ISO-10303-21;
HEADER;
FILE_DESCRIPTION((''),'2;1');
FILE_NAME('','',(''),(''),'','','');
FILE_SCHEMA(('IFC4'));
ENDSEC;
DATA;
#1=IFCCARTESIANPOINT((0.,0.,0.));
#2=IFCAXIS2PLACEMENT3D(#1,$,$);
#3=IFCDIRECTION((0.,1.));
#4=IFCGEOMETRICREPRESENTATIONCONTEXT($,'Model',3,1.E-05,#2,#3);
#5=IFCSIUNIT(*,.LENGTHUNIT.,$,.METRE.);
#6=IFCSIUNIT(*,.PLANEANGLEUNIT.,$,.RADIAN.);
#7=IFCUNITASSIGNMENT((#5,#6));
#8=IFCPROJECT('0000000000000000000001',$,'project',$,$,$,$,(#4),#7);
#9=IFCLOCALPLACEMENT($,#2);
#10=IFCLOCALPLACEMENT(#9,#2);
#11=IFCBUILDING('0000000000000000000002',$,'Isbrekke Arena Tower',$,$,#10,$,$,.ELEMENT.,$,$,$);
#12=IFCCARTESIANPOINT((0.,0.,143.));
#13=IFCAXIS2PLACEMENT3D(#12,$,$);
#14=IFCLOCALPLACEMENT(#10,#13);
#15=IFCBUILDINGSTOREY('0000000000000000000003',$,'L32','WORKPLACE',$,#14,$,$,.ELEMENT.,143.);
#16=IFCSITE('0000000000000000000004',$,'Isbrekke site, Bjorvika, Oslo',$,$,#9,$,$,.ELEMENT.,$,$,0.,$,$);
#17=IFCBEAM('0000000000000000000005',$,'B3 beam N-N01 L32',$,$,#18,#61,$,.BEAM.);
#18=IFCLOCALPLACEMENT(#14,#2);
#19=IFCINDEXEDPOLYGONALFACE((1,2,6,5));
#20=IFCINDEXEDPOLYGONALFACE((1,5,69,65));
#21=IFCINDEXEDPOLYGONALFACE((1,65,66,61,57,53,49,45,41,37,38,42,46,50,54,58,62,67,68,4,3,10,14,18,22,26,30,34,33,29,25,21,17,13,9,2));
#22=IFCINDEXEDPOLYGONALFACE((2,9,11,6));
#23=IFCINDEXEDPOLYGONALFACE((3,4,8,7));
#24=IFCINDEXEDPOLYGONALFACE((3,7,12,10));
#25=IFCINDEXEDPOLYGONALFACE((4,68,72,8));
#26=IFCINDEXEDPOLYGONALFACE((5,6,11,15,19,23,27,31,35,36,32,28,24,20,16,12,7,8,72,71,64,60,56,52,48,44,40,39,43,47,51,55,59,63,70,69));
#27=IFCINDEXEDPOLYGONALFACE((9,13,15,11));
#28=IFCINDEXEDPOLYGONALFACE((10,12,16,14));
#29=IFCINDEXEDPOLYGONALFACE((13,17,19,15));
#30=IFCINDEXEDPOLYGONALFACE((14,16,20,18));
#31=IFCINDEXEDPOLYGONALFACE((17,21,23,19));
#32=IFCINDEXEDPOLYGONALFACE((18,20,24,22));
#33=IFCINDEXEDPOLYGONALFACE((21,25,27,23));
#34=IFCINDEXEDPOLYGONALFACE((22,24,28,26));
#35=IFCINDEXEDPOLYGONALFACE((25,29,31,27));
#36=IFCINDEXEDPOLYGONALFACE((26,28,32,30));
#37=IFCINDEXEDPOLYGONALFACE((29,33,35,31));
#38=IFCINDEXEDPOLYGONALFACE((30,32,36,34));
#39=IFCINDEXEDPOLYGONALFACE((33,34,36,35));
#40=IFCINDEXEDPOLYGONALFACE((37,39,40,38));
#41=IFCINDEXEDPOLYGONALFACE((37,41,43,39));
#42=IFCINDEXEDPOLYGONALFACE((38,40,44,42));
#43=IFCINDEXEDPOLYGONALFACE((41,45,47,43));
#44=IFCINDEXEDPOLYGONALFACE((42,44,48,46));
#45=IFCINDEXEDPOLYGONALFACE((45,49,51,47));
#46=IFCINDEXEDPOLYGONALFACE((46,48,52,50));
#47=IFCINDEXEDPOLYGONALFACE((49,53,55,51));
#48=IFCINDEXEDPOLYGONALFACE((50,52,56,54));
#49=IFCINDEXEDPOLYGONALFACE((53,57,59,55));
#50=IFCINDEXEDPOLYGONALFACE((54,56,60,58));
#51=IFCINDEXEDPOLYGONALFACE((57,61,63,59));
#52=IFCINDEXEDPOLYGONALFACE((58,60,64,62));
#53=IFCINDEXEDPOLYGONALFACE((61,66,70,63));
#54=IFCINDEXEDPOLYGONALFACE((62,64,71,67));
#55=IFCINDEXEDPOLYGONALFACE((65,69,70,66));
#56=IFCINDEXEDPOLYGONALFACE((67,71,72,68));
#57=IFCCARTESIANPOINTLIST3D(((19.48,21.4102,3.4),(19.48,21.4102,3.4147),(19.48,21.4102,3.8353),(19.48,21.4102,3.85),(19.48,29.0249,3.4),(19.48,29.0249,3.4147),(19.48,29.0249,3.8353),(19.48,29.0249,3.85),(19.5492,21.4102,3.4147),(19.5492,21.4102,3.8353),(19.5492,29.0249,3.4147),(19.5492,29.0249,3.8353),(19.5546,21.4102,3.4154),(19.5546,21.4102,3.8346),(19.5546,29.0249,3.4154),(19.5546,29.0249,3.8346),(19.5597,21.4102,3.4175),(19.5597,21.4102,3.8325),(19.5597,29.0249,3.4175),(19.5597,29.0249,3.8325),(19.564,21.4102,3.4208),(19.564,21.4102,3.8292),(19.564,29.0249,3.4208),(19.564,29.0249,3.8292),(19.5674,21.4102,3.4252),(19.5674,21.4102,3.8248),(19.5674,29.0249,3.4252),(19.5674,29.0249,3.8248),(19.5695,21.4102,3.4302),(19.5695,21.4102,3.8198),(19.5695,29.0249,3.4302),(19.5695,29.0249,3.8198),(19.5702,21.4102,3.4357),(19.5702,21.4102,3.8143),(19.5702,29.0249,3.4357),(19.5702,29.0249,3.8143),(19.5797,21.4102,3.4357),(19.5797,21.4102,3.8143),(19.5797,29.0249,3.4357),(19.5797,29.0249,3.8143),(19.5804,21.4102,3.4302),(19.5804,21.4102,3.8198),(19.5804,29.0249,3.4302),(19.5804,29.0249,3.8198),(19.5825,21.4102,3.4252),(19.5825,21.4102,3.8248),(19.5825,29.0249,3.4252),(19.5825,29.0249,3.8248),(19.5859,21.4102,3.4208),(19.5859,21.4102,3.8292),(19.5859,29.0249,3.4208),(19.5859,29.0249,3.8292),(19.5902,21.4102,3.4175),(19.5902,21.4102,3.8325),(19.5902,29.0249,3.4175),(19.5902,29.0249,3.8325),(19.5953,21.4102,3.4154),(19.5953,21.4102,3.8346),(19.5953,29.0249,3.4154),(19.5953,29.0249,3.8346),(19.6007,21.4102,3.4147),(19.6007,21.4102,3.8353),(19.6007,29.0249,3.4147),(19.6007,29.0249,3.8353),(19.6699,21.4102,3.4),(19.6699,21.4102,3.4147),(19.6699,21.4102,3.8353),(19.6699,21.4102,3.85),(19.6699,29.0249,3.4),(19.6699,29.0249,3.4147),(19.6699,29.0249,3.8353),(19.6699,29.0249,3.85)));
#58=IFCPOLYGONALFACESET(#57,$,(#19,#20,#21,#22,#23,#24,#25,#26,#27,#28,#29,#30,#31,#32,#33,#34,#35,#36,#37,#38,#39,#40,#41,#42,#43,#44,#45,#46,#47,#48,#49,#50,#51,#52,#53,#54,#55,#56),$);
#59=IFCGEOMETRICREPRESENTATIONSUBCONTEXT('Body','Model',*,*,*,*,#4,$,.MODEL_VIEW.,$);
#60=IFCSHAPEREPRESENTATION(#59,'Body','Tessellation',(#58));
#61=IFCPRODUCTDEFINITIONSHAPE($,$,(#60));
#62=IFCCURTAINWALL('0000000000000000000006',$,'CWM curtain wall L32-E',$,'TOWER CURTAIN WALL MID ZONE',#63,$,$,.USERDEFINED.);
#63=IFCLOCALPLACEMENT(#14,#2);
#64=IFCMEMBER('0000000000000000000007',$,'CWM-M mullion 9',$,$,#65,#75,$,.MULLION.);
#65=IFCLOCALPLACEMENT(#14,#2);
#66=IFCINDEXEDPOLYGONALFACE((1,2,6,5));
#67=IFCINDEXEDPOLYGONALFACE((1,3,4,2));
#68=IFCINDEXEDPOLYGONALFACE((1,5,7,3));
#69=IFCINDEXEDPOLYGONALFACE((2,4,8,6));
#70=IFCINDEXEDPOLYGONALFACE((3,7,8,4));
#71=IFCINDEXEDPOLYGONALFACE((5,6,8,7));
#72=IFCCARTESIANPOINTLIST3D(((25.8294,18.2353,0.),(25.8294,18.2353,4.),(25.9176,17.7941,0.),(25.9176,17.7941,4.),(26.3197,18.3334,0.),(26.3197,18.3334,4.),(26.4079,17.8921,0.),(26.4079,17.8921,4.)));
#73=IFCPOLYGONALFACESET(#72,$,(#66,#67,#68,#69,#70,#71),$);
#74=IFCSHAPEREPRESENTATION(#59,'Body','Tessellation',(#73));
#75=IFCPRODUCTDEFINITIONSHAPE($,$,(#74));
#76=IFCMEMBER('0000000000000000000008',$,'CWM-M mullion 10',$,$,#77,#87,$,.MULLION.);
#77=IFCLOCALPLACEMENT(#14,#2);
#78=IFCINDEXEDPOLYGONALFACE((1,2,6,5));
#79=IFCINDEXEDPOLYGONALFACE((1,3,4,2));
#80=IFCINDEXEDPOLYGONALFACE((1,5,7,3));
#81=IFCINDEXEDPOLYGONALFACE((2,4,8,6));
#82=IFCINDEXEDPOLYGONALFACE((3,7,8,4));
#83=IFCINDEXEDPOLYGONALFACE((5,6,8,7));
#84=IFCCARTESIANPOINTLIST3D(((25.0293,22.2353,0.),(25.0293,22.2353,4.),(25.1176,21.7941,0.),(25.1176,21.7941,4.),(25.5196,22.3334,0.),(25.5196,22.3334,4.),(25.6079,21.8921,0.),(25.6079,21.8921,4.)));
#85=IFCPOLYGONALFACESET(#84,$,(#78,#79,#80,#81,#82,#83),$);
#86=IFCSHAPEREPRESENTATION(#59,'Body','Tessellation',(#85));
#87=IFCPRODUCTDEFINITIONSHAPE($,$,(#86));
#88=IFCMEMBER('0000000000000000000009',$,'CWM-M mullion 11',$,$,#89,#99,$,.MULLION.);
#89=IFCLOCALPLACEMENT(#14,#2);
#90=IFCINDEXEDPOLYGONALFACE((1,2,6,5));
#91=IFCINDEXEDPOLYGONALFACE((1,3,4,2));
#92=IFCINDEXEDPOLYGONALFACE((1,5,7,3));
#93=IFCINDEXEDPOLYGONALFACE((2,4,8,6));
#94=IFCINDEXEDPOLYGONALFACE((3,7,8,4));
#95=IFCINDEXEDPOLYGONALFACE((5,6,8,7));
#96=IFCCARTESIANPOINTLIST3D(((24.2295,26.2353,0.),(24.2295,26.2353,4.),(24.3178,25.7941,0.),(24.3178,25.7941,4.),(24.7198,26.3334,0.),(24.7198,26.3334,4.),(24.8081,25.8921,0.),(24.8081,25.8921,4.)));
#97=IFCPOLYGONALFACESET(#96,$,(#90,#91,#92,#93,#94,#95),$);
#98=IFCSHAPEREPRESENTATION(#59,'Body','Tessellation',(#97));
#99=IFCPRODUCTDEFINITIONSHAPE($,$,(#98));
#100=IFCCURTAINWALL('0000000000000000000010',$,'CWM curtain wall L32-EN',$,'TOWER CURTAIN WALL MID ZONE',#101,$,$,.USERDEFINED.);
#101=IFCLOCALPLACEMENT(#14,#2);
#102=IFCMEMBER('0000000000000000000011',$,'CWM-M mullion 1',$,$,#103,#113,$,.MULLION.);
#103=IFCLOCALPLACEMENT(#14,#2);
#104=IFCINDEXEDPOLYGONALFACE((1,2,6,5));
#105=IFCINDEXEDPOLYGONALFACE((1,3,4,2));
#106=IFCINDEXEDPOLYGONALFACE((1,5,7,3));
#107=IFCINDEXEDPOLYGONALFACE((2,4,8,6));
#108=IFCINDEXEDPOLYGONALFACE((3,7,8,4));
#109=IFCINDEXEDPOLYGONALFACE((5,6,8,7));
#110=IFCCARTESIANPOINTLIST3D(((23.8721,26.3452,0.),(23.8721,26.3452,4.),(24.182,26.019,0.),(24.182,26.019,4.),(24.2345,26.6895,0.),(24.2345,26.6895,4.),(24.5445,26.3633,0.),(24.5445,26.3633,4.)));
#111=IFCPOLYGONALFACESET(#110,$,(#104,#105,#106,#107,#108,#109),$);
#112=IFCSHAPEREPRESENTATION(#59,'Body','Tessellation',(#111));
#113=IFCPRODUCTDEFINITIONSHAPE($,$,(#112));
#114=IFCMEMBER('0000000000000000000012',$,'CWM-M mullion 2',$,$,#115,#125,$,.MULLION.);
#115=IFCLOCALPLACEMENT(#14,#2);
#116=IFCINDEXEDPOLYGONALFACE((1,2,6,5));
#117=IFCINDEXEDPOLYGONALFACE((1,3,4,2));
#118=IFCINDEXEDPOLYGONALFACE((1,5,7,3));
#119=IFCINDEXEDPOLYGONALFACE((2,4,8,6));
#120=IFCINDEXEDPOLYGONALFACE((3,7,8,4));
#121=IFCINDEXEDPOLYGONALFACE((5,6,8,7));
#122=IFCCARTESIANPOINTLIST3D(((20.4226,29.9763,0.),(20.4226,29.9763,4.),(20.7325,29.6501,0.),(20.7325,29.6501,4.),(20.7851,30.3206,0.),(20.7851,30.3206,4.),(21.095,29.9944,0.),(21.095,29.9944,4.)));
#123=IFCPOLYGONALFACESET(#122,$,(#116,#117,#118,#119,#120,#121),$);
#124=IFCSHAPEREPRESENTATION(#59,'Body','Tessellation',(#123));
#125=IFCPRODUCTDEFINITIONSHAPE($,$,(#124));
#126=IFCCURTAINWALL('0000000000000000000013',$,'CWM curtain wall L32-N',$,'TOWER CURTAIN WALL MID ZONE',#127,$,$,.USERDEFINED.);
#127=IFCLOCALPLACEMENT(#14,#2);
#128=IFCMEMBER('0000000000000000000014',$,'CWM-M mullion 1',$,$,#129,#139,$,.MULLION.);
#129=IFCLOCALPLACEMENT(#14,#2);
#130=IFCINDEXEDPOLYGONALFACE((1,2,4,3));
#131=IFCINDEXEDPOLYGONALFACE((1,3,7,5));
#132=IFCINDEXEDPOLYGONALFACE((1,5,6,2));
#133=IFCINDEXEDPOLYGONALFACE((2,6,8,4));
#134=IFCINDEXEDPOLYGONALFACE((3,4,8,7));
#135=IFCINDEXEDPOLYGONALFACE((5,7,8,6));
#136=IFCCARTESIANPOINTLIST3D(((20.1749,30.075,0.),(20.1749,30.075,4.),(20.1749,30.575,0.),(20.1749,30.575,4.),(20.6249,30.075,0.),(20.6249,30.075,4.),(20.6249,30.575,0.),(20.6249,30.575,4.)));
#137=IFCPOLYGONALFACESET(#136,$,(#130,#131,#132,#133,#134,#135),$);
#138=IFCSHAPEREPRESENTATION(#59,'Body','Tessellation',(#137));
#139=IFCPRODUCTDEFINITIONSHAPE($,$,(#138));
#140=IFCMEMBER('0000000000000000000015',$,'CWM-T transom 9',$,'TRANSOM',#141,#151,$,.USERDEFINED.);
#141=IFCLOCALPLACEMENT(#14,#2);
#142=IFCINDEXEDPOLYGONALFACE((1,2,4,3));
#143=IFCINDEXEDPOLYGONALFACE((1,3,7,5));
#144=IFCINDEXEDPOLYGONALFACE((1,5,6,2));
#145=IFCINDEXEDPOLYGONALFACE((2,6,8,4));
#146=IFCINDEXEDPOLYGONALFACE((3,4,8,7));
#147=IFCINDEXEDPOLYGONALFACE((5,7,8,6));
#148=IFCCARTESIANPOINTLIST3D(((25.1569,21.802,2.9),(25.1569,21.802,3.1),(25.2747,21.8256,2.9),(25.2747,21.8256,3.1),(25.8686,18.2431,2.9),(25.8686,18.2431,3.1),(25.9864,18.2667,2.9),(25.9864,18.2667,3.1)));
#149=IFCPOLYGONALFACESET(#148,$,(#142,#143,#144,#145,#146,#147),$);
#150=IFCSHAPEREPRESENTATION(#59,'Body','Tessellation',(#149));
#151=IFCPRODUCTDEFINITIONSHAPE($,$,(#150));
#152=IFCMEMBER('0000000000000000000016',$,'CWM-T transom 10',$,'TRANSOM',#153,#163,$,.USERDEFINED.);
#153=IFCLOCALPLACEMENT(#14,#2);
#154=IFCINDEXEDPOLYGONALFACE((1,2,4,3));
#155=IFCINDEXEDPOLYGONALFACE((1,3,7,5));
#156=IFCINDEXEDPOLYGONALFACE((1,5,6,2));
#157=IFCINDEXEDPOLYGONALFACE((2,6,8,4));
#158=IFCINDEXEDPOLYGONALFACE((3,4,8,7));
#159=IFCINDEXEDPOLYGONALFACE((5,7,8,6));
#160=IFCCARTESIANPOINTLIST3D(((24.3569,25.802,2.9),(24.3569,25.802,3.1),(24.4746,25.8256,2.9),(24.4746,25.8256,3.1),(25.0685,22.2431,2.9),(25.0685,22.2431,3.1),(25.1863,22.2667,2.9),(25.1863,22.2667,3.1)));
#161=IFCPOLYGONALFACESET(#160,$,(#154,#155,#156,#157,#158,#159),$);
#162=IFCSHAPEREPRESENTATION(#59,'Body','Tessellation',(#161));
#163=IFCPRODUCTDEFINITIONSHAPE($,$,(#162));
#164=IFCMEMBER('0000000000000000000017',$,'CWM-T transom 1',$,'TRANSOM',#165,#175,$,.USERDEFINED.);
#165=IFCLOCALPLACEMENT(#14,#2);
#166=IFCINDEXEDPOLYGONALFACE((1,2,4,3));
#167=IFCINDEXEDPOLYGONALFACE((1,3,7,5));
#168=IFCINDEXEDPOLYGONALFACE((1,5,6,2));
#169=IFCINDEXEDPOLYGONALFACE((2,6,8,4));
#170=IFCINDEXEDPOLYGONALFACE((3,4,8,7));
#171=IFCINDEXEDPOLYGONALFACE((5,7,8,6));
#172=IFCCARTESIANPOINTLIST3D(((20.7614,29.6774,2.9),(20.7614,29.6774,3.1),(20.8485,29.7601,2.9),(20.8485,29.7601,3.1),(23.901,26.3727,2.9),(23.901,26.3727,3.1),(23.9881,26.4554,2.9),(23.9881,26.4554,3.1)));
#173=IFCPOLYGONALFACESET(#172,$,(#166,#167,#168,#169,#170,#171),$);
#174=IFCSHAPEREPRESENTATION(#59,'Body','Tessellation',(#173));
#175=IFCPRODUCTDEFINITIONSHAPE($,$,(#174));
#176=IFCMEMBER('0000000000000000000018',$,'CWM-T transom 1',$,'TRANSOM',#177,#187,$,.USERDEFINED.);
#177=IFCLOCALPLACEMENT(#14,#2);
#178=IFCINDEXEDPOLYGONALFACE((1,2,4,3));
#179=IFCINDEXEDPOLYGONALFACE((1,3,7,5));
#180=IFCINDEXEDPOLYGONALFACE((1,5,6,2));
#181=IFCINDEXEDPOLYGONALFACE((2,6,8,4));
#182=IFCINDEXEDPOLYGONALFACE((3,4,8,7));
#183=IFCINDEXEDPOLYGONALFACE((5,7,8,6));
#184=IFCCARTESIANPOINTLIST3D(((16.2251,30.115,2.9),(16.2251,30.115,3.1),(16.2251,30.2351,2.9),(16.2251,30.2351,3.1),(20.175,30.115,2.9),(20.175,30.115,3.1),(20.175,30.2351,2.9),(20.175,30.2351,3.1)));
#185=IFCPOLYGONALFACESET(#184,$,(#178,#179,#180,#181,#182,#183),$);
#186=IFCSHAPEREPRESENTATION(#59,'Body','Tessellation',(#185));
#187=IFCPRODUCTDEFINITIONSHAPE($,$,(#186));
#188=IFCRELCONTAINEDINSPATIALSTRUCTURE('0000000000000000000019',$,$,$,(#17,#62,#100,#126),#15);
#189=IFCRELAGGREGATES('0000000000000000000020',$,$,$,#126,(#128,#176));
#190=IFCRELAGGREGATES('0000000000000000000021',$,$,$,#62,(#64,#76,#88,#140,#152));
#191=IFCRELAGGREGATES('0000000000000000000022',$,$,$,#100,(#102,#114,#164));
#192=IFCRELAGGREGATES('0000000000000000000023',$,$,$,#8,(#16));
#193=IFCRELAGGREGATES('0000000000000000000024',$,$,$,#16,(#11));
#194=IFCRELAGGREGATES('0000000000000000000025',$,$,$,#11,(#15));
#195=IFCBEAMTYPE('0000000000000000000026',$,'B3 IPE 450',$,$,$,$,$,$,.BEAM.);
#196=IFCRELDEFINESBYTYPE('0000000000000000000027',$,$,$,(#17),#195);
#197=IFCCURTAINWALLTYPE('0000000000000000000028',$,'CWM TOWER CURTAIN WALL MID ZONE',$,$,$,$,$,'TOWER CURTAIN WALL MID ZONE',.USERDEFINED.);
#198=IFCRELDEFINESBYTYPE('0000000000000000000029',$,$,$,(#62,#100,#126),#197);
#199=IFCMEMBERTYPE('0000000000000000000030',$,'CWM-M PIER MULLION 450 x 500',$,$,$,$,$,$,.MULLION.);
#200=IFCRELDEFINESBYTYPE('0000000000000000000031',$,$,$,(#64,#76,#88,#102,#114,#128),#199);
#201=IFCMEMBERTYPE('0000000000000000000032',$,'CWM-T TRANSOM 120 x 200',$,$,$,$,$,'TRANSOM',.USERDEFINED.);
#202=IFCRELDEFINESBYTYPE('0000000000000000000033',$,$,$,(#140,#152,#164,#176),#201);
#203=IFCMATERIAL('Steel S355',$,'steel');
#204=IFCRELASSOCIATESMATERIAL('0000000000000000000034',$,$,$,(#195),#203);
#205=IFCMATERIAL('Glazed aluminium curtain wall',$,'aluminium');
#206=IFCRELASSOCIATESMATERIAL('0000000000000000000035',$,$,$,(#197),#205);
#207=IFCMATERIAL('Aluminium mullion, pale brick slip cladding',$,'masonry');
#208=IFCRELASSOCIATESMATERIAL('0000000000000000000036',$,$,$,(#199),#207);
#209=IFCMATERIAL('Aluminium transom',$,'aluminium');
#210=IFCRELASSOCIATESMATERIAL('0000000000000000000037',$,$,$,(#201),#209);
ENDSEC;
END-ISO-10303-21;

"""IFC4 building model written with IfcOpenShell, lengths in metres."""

from ifc_helpers import new_model, si_unit, direction, frame, origin, origin_2d, place, context, subcontext, project, spatial, rectangle, i_section, extrude, material, material_profile, profile_set, type_object, element, aggregate, save


model = new_model("IFC4")

# Units and contexts
model_context = context("Model", 3, precision=1e-05, world=origin(), true_north=direction((0.0, 1.0)))
body_context = subcontext(model_context, "Body", "Model", "MODEL_VIEW")
ifc_project = project(units=[si_unit("LENGTHUNIT", "METRE"), si_unit("PLANEANGLEUNIT", "RADIAN")], contexts=[model_context])

# Site, building, storey
site_placement = place(None, origin())
site = spatial("IfcSite", under=ifc_project, at=site_placement, Name="Isbrekke site, Bjorvika, Oslo", CompositionType="ELEMENT", RefElevation=0.0)
building_placement = place(site_placement, origin())
building = spatial("IfcBuilding", under=site, at=building_placement, Name="Isbrekke Arena Tower", CompositionType="ELEMENT")
storey_placement = place(building_placement, frame((0.0, 0.0, 143.0)))
storey = spatial("IfcBuildingStorey", under=building, at=storey_placement, Name="L32", Description="WORKPLACE", CompositionType="ELEMENT", Elevation=143.0)

# Beam
ifc_material_1 = material(Name="Steel S355", Category="steel")
ifc_material_profile_1 = material_profile(ifc_material_1, i_section(OverallWidth=0.1899, OverallDepth=0.45, WebThickness=0.0095, FlangeThickness=0.0146, FilletRadius=0.021, at=origin_2d()), Name="IPE 450")
ifc_profile_set_1 = profile_set([ifc_material_profile_1], Name="Steel S355")
beam_type_1 = type_object("IfcBeamType", Name="B3 IPE 450", PredefinedType="BEAM", material=ifc_profile_set_1)
beam_1_placement = place(storey_placement, frame((19.575, 29.0249, 3.625), z_axis=(0.0, -1.0, 0.0), x_axis=(1.0, 0.0, 0.0)))
element("IfcBeam", 1, at=beam_1_placement, inside=storey, type_object=beam_type_1, Name="B3 beam N-N01 L32", PredefinedType="BEAM", context=body_context, shape_type="SweptSolid", body=[
    extrude(i_section(OverallWidth=0.1899, OverallDepth=0.45, WebThickness=0.0095, FlangeThickness=0.0146, FilletRadius=0.021, at=origin_2d()), origin(), (0.0, 0.0, 1.0), 7.6147),
])

# Curtain walls, members
ifc_material_2 = material(Name="Glazed aluminium curtain wall", Category="aluminium")
curtain_wall_type = type_object("IfcCurtainWallType", Name="CWM TOWER CURTAIN WALL MID ZONE", ElementType="TOWER CURTAIN WALL MID ZONE", PredefinedType="USERDEFINED", material=ifc_material_2)
curtain_wall_1_placement = place(storey_placement, origin())
curtain_wall_1 = element("IfcCurtainWall", 2, at=curtain_wall_1_placement, inside=storey, type_object=curtain_wall_type, Name="CWM curtain wall L32-E", ObjectType="TOWER CURTAIN WALL MID ZONE", PredefinedType="USERDEFINED")
ifc_material_3 = material(Name="Aluminium mullion, pale brick slip cladding", Category="masonry")
ifc_material_profile_2 = material_profile(ifc_material_3, rectangle(XDim=0.45, YDim=0.5, at=origin_2d()), Name="PIER 450X500")
ifc_profile_set_2 = profile_set([ifc_material_profile_2], Name="Aluminium mullion, pale brick slip cladding")
member_type_1 = type_object("IfcMemberType", Name="CWM-M PIER MULLION 450 x 500", PredefinedType="MULLION", material=ifc_profile_set_2)
member_1_placement = place(storey_placement, frame((26.1187, 18.0637, 0.0), z_axis=(0.0, 0.0, 1.0), x_axis=(-0.196116, 0.980581, 0.0)))
member_1 = element("IfcMember", 3, at=member_1_placement, type_object=member_type_1, Name="CWM-M mullion 9", PredefinedType="MULLION", context=body_context, shape_type="SweptSolid", body=[
    extrude(rectangle(XDim=0.45, YDim=0.5, at=origin_2d()), origin(), (0.0, 0.0, 1.0), 4.0),
])
member_2_placement = place(storey_placement, frame((25.3186, 22.0637, 0.0), z_axis=(0.0, 0.0, 1.0), x_axis=(-0.196116, 0.980581, 0.0)))
member_2 = element("IfcMember", 4, at=member_2_placement, type_object=member_type_1, Name="CWM-M mullion 10", PredefinedType="MULLION", context=body_context, shape_type="SweptSolid", body=[
    extrude(rectangle(XDim=0.45, YDim=0.5, at=origin_2d()), origin(), (0.0, 0.0, 1.0), 4.0),
])
member_3_placement = place(storey_placement, frame((24.5188, 26.0637, 0.0), z_axis=(0.0, 0.0, 1.0), x_axis=(-0.196116, 0.980581, 0.0)))
member_3 = element("IfcMember", 5, at=member_3_placement, type_object=member_type_1, Name="CWM-M mullion 11", PredefinedType="MULLION", context=body_context, shape_type="SweptSolid", body=[
    extrude(rectangle(XDim=0.45, YDim=0.5, at=origin_2d()), origin(), (0.0, 0.0, 1.0), 4.0),
])
curtain_wall_2_placement = place(storey_placement, origin())
curtain_wall_2 = element("IfcCurtainWall", 6, at=curtain_wall_2_placement, inside=storey, type_object=curtain_wall_type, Name="CWM curtain wall L32-EN", ObjectType="TOWER CURTAIN WALL MID ZONE", PredefinedType="USERDEFINED")
member_4_placement = place(storey_placement, frame((24.2083, 26.3542, 0.0), z_axis=(0.0, 0.0, 1.0), x_axis=(-0.688749, 0.724999, 0.0)))
member_4 = element("IfcMember", 7, at=member_4_placement, type_object=member_type_1, Name="CWM-M mullion 1", PredefinedType="MULLION", context=body_context, shape_type="SweptSolid", body=[
    extrude(rectangle(XDim=0.45, YDim=0.5, at=origin_2d()), origin(), (0.0, 0.0, 1.0), 4.0),
])
member_5_placement = place(storey_placement, frame((20.7588, 29.9854, 0.0), z_axis=(0.0, 0.0, 1.0), x_axis=(-0.688749, 0.724999, 0.0)))
member_5 = element("IfcMember", 8, at=member_5_placement, type_object=member_type_1, Name="CWM-M mullion 2", PredefinedType="MULLION", context=body_context, shape_type="SweptSolid", body=[
    extrude(rectangle(XDim=0.45, YDim=0.5, at=origin_2d()), origin(), (0.0, 0.0, 1.0), 4.0),
])

# Curtain wall, member
curtain_wall_3_placement = place(storey_placement, origin())
curtain_wall_3 = element("IfcCurtainWall", 9, at=curtain_wall_3_placement, inside=storey, type_object=curtain_wall_type, Name="CWM curtain wall L32-N", ObjectType="TOWER CURTAIN WALL MID ZONE", PredefinedType="USERDEFINED")
member_6_placement = place(storey_placement, frame((20.3999, 30.325, 0.0), z_axis=(0.0, 0.0, 1.0), x_axis=(-1.0, 0.0, 0.0)))
member_6 = element("IfcMember", 10, at=member_6_placement, type_object=member_type_1, Name="CWM-M mullion 1", PredefinedType="MULLION", context=body_context, shape_type="SweptSolid", body=[
    extrude(rectangle(XDim=0.45, YDim=0.5, at=origin_2d()), origin(), (0.0, 0.0, 1.0), 4.0),
])

# Members
ifc_material_4 = material(Name="Aluminium transom", Category="aluminium")
ifc_material_profile_3 = material_profile(ifc_material_4, rectangle(XDim=0.1201, YDim=0.2, at=origin_2d()), Name="TRANSOM 120X200")
ifc_profile_set_3 = profile_set([ifc_material_profile_3], Name="Aluminium transom")
member_type_2 = type_object("IfcMemberType", Name="CWM-T TRANSOM 120 x 200", ElementType="TRANSOM", PredefinedType="USERDEFINED", material=ifc_profile_set_3)
member_7_placement = place(storey_placement, frame((25.9275, 18.2549, 3.0), z_axis=(-0.19609, 0.980586, 0.0), x_axis=(-0.980586, -0.19609, 0.0)))
member_7 = element("IfcMember", 11, at=member_7_placement, type_object=member_type_2, Name="CWM-T transom 9", ObjectType="TRANSOM", PredefinedType="USERDEFINED", context=body_context, shape_type="SweptSolid", body=[
    extrude(rectangle(XDim=0.1201, YDim=0.2, at=origin_2d()), origin(), (0.0, 0.0, 1.0), 3.6294),
])
member_8_placement = place(storey_placement, frame((25.1274, 22.2549, 3.0), z_axis=(-0.19609, 0.980586, 0.0), x_axis=(-0.980586, -0.19609, 0.0)))
member_8 = element("IfcMember", 12, at=member_8_placement, type_object=member_type_2, Name="CWM-T transom 10", ObjectType="TRANSOM", PredefinedType="USERDEFINED", context=body_context, shape_type="SweptSolid", body=[
    extrude(rectangle(XDim=0.1201, YDim=0.2, at=origin_2d()), origin(), (0.0, 0.0, 1.0), 3.6294),
])
member_9_placement = place(storey_placement, frame((23.9446, 26.4141, 3.0), z_axis=(-0.688772, 0.724978, 0.0), x_axis=(-0.724978, -0.688772, 0.0)))
member_9 = element("IfcMember", 13, at=member_9_placement, type_object=member_type_2, Name="CWM-T transom 1", ObjectType="TRANSOM", PredefinedType="USERDEFINED", context=body_context, shape_type="SweptSolid", body=[
    extrude(rectangle(XDim=0.1201, YDim=0.2, at=origin_2d()), origin(), (0.0, 0.0, 1.0), 4.5583),
])
member_10_placement = place(storey_placement, frame((20.175, 30.175, 3.0), z_axis=(-1.0, 0.0, 0.0), x_axis=(0.0, -1.0, 0.0)))
member_10 = element("IfcMember", 14, at=member_10_placement, type_object=member_type_2, Name="CWM-T transom 1", ObjectType="TRANSOM", PredefinedType="USERDEFINED", context=body_context, shape_type="SweptSolid", body=[
    extrude(rectangle(XDim=0.1201, YDim=0.2, at=origin_2d()), origin(), (0.0, 0.0, 1.0), 3.95),
])
aggregate(curtain_wall_3, [member_6, member_10])

aggregate(curtain_wall_1, [member_1, member_2, member_3, member_7, member_8])
aggregate(curtain_wall_2, [member_4, member_5, member_9])

save(model, "model.ifc")
